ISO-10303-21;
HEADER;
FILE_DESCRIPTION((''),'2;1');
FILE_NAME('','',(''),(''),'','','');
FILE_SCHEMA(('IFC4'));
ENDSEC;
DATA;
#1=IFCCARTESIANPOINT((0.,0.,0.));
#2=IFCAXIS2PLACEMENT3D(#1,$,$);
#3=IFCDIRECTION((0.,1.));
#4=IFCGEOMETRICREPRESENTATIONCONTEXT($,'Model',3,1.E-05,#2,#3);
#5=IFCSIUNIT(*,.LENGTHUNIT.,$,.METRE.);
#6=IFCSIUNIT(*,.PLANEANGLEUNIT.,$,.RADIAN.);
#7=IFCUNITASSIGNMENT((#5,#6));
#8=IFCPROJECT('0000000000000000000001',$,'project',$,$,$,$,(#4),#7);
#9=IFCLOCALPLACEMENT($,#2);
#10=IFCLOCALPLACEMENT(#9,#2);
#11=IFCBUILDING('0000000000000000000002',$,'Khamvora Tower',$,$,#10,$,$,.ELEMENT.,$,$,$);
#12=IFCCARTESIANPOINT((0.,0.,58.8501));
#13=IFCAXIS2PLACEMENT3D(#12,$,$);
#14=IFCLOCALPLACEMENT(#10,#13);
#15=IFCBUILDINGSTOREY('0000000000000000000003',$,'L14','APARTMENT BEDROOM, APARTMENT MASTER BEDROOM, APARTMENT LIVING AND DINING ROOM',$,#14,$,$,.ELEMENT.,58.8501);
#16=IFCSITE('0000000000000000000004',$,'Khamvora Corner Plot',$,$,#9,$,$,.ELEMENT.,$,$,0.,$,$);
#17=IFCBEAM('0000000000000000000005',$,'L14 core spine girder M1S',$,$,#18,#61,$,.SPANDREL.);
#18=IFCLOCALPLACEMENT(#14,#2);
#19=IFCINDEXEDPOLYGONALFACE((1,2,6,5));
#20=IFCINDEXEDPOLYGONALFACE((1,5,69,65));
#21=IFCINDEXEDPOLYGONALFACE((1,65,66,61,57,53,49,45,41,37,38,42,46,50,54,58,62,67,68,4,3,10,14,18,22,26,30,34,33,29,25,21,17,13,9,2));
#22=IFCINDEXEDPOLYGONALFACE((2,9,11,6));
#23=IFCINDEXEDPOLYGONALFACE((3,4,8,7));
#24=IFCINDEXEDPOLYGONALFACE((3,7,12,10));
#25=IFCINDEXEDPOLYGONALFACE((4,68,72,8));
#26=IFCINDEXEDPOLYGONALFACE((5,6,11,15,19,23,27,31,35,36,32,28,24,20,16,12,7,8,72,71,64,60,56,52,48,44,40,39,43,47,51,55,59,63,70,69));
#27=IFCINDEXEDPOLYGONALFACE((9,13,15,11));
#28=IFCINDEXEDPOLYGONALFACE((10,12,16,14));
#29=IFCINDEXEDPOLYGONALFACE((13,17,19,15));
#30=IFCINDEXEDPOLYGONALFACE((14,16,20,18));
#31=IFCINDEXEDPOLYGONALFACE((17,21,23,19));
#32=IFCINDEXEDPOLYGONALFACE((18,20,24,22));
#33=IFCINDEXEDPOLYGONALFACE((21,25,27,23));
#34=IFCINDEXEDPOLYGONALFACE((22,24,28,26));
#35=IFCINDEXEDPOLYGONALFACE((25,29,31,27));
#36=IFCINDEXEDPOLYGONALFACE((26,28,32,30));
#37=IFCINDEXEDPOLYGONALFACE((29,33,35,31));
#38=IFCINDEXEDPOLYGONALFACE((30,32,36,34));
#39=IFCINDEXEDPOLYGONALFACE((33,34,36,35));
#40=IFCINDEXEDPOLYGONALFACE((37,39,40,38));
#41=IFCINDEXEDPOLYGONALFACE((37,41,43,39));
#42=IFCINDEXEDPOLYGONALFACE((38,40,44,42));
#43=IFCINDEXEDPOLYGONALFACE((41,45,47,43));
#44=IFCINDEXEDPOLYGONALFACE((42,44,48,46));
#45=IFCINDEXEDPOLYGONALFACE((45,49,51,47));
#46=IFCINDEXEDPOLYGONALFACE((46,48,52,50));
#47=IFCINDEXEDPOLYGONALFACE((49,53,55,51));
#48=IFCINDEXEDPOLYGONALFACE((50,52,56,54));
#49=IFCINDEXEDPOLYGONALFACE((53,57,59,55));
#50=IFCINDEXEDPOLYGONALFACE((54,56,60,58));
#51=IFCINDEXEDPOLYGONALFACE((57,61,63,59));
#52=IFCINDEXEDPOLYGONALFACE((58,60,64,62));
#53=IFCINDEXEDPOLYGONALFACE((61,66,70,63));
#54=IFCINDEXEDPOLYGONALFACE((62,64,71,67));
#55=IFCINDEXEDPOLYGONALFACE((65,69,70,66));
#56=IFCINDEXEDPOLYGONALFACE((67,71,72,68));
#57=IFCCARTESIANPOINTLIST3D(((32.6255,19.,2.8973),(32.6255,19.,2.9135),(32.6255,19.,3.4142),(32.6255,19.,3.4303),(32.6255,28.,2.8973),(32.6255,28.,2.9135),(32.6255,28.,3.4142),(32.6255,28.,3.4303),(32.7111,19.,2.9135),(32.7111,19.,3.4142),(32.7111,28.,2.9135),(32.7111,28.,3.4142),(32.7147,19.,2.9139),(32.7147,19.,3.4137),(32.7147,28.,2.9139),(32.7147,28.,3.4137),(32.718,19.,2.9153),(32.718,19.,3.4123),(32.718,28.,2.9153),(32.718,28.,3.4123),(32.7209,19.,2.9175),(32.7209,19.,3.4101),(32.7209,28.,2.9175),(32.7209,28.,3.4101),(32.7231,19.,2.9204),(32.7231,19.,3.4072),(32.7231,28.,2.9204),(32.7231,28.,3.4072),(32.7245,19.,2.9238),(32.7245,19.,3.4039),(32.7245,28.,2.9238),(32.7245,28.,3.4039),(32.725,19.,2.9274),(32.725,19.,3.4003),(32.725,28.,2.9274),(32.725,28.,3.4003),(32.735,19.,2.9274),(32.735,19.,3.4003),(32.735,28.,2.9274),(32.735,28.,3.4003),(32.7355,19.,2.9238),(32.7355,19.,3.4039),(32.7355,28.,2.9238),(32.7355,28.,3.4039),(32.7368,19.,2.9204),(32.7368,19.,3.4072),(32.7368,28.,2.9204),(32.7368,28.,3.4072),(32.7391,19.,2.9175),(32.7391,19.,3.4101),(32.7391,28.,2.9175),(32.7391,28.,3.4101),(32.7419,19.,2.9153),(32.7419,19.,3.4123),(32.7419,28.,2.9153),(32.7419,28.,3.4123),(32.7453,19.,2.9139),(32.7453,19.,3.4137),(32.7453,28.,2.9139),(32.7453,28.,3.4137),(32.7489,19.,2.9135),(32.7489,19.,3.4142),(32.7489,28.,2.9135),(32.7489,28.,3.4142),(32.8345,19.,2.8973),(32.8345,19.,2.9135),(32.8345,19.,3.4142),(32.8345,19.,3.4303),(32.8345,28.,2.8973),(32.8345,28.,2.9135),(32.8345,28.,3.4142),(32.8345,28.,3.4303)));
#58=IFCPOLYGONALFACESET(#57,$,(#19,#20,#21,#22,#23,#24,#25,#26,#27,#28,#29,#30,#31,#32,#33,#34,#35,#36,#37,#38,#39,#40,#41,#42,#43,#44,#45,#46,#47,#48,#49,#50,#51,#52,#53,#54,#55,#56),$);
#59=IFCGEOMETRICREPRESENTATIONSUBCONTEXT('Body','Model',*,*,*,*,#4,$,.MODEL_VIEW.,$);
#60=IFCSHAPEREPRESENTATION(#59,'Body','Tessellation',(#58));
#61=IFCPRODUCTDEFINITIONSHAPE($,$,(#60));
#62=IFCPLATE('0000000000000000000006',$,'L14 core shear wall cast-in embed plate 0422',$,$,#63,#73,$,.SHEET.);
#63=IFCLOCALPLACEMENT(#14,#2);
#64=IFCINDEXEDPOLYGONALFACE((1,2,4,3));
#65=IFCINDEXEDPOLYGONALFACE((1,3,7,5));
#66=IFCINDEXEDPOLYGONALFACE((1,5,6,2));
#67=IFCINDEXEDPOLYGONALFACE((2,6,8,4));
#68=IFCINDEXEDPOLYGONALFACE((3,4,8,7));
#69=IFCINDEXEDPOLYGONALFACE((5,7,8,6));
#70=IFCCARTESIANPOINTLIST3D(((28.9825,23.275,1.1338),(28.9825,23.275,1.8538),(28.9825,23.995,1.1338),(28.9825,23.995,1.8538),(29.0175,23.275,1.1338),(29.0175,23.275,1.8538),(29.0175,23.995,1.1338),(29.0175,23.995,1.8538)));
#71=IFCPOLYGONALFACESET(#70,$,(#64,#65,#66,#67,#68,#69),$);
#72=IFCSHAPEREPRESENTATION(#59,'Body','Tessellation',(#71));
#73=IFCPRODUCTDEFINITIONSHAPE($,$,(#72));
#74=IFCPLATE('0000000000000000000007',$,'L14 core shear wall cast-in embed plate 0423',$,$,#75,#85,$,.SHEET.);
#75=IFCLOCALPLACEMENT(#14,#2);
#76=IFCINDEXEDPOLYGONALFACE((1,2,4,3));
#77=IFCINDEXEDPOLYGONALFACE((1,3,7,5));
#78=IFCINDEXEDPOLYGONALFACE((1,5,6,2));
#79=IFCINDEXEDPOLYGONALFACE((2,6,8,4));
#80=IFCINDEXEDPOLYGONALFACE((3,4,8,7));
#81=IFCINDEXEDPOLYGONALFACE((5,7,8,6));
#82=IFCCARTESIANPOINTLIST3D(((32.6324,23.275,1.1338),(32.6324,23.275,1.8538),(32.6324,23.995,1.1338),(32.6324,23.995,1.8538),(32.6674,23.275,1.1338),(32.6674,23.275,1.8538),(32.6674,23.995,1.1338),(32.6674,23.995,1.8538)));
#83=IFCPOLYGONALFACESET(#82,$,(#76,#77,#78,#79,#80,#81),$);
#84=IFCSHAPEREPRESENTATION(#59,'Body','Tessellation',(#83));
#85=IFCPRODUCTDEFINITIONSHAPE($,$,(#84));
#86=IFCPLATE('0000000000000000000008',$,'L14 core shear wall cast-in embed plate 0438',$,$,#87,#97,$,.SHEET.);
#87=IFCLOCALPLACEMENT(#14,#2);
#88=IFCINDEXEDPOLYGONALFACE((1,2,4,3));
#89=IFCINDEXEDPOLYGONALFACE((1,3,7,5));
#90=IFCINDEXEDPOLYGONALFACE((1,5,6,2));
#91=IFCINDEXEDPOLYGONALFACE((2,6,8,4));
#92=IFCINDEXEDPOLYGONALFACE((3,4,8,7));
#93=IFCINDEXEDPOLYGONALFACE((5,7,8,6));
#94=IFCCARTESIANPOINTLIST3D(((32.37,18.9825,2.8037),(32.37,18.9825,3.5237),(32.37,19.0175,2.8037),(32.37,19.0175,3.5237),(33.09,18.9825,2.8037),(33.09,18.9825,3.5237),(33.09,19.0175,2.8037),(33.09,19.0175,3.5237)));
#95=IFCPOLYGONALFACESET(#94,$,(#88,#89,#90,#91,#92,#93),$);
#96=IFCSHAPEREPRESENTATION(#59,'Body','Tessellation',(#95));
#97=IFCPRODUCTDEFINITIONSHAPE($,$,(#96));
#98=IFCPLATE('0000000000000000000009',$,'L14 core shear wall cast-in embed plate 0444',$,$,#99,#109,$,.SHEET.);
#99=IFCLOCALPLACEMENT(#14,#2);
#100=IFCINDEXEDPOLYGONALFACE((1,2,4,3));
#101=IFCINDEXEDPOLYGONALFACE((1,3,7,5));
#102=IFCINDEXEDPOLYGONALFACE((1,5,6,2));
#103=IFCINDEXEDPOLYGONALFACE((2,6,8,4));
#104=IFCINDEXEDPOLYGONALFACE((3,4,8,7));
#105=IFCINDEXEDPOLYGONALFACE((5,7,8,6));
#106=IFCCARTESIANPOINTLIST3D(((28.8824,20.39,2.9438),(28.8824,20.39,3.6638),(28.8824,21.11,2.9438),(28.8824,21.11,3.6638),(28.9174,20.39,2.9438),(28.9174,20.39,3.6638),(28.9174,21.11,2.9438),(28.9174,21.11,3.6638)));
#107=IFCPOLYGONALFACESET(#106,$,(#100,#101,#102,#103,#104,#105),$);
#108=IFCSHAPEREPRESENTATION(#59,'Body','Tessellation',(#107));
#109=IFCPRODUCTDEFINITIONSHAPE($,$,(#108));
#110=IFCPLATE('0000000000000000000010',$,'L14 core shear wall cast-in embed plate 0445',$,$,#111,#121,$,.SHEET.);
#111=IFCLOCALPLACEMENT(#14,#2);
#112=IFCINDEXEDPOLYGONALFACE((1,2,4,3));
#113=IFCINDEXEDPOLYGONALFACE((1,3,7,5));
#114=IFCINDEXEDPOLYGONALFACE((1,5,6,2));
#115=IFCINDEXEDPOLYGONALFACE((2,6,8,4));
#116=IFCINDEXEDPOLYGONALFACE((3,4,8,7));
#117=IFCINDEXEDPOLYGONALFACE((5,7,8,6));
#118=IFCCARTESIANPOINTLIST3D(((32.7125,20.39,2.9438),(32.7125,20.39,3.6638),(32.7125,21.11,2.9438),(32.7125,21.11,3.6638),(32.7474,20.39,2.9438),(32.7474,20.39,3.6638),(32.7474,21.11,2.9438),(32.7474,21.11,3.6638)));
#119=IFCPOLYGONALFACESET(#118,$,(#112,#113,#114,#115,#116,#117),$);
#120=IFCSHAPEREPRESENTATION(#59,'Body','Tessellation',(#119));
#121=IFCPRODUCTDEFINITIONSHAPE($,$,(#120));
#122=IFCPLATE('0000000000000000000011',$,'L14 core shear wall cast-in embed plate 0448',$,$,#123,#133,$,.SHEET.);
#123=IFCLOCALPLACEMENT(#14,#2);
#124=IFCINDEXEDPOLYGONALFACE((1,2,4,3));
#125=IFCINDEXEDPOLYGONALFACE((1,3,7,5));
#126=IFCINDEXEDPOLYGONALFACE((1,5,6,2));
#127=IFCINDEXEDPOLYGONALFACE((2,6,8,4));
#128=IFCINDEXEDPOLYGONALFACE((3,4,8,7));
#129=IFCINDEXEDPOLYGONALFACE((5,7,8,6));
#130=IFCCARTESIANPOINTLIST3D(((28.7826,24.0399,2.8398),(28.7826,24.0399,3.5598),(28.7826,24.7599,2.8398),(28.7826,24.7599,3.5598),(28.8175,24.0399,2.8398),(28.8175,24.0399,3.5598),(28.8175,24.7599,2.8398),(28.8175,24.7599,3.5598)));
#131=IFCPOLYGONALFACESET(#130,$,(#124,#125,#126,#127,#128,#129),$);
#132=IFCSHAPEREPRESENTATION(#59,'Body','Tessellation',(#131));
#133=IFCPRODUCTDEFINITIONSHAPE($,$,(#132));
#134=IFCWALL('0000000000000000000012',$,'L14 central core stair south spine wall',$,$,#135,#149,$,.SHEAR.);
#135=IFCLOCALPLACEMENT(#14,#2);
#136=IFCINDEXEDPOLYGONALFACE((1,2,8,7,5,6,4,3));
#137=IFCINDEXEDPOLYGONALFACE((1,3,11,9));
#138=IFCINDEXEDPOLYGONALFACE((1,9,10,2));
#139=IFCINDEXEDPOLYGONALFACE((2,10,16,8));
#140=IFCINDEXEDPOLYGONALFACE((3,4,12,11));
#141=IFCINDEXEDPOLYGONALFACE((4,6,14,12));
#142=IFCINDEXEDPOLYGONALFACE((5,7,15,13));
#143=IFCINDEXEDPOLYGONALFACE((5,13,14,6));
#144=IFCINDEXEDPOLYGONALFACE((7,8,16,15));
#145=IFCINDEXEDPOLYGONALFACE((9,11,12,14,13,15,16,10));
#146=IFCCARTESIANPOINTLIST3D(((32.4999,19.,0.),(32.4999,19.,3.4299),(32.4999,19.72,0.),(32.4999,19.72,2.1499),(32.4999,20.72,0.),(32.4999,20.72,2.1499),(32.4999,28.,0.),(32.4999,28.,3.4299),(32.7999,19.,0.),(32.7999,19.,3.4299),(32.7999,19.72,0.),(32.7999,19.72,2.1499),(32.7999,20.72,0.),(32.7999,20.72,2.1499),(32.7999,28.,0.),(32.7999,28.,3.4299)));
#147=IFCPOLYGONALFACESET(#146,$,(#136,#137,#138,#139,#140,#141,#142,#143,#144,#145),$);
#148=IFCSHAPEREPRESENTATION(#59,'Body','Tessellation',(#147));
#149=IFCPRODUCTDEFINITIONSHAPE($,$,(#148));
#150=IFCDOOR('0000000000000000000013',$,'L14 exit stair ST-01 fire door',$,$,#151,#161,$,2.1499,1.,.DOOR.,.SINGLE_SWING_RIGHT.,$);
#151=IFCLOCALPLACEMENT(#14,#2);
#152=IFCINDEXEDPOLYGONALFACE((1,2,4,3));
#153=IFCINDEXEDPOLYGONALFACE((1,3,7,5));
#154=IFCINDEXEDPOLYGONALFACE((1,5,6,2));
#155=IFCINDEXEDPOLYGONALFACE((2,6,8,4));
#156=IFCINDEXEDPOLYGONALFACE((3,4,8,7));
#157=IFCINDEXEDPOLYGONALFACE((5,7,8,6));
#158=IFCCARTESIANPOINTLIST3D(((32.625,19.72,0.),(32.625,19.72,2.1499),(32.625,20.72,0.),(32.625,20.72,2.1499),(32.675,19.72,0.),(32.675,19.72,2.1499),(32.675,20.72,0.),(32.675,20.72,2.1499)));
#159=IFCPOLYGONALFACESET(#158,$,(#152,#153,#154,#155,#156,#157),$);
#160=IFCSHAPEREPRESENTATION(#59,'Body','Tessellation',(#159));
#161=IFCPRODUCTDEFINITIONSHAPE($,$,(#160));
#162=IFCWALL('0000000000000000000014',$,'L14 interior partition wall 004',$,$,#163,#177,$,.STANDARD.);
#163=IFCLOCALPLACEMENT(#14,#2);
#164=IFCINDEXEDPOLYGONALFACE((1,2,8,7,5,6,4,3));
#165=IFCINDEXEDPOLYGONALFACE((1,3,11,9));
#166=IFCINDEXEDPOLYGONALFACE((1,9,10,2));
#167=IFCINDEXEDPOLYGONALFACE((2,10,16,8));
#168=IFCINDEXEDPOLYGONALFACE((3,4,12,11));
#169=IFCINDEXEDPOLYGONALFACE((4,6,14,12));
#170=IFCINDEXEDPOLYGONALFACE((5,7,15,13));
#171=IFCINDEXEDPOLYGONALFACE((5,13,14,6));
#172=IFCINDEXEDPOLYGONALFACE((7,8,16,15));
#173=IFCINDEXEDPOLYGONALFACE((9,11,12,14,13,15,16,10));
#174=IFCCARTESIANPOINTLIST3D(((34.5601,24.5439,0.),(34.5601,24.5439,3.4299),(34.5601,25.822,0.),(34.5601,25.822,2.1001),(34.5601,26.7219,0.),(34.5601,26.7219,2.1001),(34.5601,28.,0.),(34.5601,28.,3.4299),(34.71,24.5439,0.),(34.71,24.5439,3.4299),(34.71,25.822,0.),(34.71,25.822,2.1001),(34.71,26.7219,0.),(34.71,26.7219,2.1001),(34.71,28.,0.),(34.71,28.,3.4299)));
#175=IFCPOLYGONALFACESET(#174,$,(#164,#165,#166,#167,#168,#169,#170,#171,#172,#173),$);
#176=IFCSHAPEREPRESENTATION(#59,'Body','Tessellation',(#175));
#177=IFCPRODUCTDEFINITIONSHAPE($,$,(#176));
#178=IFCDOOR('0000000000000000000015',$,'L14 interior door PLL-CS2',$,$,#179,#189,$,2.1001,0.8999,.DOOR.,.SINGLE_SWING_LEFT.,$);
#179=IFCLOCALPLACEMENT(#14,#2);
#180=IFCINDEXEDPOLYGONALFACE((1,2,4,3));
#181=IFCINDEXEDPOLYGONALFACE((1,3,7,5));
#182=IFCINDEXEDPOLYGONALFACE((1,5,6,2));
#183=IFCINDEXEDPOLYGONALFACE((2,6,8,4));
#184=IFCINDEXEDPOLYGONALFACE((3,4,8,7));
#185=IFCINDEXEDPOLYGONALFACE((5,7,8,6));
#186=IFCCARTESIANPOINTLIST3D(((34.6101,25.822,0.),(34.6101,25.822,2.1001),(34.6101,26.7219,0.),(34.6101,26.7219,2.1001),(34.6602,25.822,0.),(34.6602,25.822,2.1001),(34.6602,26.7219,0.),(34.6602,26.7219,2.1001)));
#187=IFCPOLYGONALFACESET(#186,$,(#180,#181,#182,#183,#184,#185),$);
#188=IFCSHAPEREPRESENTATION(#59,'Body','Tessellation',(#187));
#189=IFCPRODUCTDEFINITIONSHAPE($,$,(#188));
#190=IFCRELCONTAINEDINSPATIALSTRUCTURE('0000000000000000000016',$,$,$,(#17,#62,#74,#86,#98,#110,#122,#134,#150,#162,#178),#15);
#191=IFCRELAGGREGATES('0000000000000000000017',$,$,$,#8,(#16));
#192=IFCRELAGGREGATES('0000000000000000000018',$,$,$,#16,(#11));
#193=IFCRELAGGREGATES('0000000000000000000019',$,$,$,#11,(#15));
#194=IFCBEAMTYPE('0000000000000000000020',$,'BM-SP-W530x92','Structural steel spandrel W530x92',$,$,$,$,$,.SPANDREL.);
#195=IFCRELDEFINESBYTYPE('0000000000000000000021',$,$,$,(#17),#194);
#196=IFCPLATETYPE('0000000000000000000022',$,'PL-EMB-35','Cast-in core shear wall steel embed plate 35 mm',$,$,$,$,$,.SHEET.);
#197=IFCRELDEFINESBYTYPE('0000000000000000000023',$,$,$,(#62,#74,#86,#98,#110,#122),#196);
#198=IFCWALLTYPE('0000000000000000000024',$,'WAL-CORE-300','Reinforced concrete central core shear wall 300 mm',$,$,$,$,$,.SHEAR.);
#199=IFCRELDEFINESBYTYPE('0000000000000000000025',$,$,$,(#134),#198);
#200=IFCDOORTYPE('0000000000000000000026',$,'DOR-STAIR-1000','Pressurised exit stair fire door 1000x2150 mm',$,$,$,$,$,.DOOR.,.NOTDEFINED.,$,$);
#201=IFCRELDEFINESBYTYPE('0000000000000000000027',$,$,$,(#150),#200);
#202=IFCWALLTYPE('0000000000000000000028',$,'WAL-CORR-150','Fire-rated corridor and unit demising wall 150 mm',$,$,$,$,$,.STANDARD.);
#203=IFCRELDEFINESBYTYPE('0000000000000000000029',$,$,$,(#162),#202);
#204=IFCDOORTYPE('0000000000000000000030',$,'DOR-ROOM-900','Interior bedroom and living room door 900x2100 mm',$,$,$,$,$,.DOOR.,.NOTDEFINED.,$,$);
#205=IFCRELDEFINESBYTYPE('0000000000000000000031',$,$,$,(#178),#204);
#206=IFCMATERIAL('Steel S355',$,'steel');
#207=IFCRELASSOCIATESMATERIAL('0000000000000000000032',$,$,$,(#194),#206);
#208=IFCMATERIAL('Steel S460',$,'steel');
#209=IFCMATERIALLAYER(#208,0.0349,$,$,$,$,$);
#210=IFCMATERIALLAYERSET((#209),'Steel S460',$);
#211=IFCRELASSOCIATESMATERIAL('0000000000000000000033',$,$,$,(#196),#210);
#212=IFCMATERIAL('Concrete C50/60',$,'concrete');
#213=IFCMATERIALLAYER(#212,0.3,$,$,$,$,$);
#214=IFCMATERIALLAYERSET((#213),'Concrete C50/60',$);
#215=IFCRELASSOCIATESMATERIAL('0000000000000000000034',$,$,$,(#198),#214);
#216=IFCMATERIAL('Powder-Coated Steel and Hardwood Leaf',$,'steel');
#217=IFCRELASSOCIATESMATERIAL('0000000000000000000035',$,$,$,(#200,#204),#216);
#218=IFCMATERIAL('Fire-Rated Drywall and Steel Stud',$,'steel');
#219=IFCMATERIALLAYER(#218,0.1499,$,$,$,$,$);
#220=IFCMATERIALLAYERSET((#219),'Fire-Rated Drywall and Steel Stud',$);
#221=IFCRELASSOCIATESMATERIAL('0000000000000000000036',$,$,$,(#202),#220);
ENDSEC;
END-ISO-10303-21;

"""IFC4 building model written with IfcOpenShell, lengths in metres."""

from ifc_helpers import new_model, si_unit, direction, frame, frame_2d, origin, origin_2d, place, context, subcontext, project, spatial, rectangle, i_section, extrude, material, layer, layer_set, material_profile, profile_set, type_object, element, fill, save


model = new_model("IFC4")

# Units and contexts
model_context = context("Model", 3, precision=1e-05, world=origin(), true_north=direction((0.0, 1.0)))
body_context = subcontext(model_context, "Body", "Model", "MODEL_VIEW")
ifc_project = project(units=[si_unit("LENGTHUNIT", "METRE"), si_unit("PLANEANGLEUNIT", "RADIAN")], contexts=[model_context])

# Site, building, storey
site_placement = place(None, origin())
site = spatial("IfcSite", under=ifc_project, at=site_placement, Name="Khamvora Corner Plot", CompositionType="ELEMENT", RefElevation=0.0)
building_placement = place(site_placement, origin())
building = spatial("IfcBuilding", under=site, at=building_placement, Name="Khamvora Tower", CompositionType="ELEMENT")
storey_placement = place(building_placement, frame((0.0, 0.0, 58.8501)))
storey = spatial("IfcBuildingStorey", under=building, at=storey_placement, Name="L14", Description="APARTMENT BEDROOM, APARTMENT MASTER BEDROOM, APARTMENT LIVING AND DINING ROOM", CompositionType="ELEMENT", Elevation=58.8501)

# Shared definitions
ifc_material_1 = material(Name="Steel S460", Category="steel")

# Beam
ifc_material_2 = material(Name="Steel S355", Category="steel")
ifc_material_profile_1 = material_profile(ifc_material_2, i_section(OverallWidth=0.209, OverallDepth=0.533, WebThickness=0.01, FlangeThickness=0.0161, FilletRadius=0.0139, at=origin_2d()), Name="W530x92")
ifc_profile_set_1 = profile_set([ifc_material_profile_1], Name="Steel S355")
beam_type_1 = type_object("IfcBeamType", Name="BM-SP-W530x92", Description="Structural steel spandrel W530x92", PredefinedType="SPANDREL", material=ifc_profile_set_1)
beam_1_placement = place(storey_placement, frame((32.73, 19.0, 3.1638), z_axis=(0.0, 1.0, 0.0), x_axis=(-1.0, 0.0, 0.0)))
element("IfcBeam", 1, at=beam_1_placement, inside=storey, type_object=beam_type_1, Name="L14 core spine girder M1S", PredefinedType="SPANDREL", context=body_context, shape_type="SweptSolid", body=[
    extrude(i_section(OverallWidth=0.209, OverallDepth=0.533, WebThickness=0.01, FlangeThickness=0.0161, FilletRadius=0.0139, at=origin_2d()), origin(), (0.0, 0.0, 1.0), 9.0),
])

# Plates
ifc_layer_1 = layer(ifc_material_1, 0.0349)
ifc_layer_set_1 = layer_set([ifc_layer_1], Name="Steel S460")
plate_type = type_object("IfcPlateType", Name="PL-EMB-35", Description="Cast-in core shear wall steel embed plate 35 mm", PredefinedType="SHEET", material=ifc_layer_set_1)
for number, where, z_axis, x_axis, name in (
    (2, (29.0, 23.635, 1.1338), (0.0, 0.0, 1.0), (1.0, 0.0, 0.0), "L14 core shear wall cast-in embed plate 0422"),
    (3, (32.6499, 23.635, 1.1338), (0.0, 0.0, 1.0), (1.0, 0.0, 0.0), "L14 core shear wall cast-in embed plate 0423"),
):
    element("IfcPlate", number, at=place(storey_placement, frame(where, z_axis=z_axis, x_axis=x_axis)), inside=storey, type_object=plate_type, Name=name, PredefinedType="SHEET", context=body_context, shape_type="SweptSolid", body=[
        extrude(rectangle(XDim=0.0349, YDim=0.72, at=origin_2d()), origin(), (0.0, 0.0, 1.0), 0.72),
    ])
plate_placement = place(storey_placement, frame((32.73, 19.0, 2.8037), z_axis=(0.0, 0.0, 1.0), x_axis=(1.0, 0.0, 0.0)))
element("IfcPlate", 4, at=plate_placement, inside=storey, type_object=plate_type, Name="L14 core shear wall cast-in embed plate 0438", PredefinedType="SHEET", context=body_context, shape_type="SweptSolid", body=[
    extrude(rectangle(XDim=0.72, YDim=0.0349, at=origin_2d()), origin(), (0.0, 0.0, 1.0), 0.72),
])
for number, where, z_axis, x_axis, name in (
    (5, (28.8999, 20.75, 2.9438), (0.0, 0.0, 1.0), (1.0, 0.0, 0.0), "L14 core shear wall cast-in embed plate 0444"),
    (6, (32.73, 20.75, 2.9438), (0.0, 0.0, 1.0), (1.0, 0.0, 0.0), "L14 core shear wall cast-in embed plate 0445"),
    (7, (28.8, 24.3999, 2.8398), (0.0, 0.0, 1.0), (1.0, 0.0, 0.0), "L14 core shear wall cast-in embed plate 0448"),
):
    element("IfcPlate", number, at=place(storey_placement, frame(where, z_axis=z_axis, x_axis=x_axis)), inside=storey, type_object=plate_type, Name=name, PredefinedType="SHEET", context=body_context, shape_type="SweptSolid", body=[
        extrude(rectangle(XDim=0.0349, YDim=0.72, at=origin_2d()), origin(), (0.0, 0.0, 1.0), 0.72),
    ])

# Wall, opening, door
ifc_material_3 = material(Name="Concrete C50/60", Category="concrete")
ifc_layer_2 = layer(ifc_material_3, 0.3)
ifc_layer_set_2 = layer_set([ifc_layer_2], Name="Concrete C50/60")
wall_type_1 = type_object("IfcWallType", Name="WAL-CORE-300", Description="Reinforced concrete central core shear wall 300 mm", PredefinedType="SHEAR", material=ifc_layer_set_2)
wall_1_placement = place(storey_placement, frame((32.6499, 19.0, 0.0), z_axis=(0.0, 0.0, 1.0), x_axis=(0.0, 1.0, 0.0)))
wall_1 = element("IfcWall", 8, at=wall_1_placement, inside=storey, type_object=wall_type_1, Name="L14 central core stair south spine wall", PredefinedType="SHEAR", context=body_context, shape_type="SweptSolid", body=[
    extrude(rectangle(XDim=9.0, YDim=0.3, at=frame_2d((4.5, 0.0))), origin(), (0.0, 0.0, 1.0), 3.4299),
])
opening_1_placement = place(wall_1_placement, frame((0.72, 0.0, 0.0)))
opening_1 = element("IfcOpeningElement", 9, at=opening_1_placement, cuts=wall_1, PredefinedType="OPENING", context=body_context, shape_type="SweptSolid", body=[
    extrude(rectangle(XDim=1.0, YDim=2.1499, at=frame_2d((0.5, 1.075))), frame((0.0, 0.1599, 0.0), z_axis=(0.0, -1.0, 0.0), x_axis=(1.0, 0.0, 0.0)), (0.0, 0.0, 1.0), 0.3201),
])
ifc_material_4 = material(Name="Powder-Coated Steel and Hardwood Leaf", Category="steel")
door_type_1 = type_object("IfcDoorType", Name="DOR-STAIR-1000", Description="Pressurised exit stair fire door 1000x2150 mm", OperationType="NOTDEFINED", PredefinedType="DOOR", material=ifc_material_4)
door_1_placement = place(opening_1_placement, origin())
door_1 = element("IfcDoor", 10, at=door_1_placement, inside=storey, type_object=door_type_1, Name="L14 exit stair ST-01 fire door", OperationType="SINGLE_SWING_RIGHT", OverallHeight=2.1499, OverallWidth=1.0, PredefinedType="DOOR", context=body_context, shape_type="SweptSolid", body=[
    extrude(rectangle(XDim=1.0, YDim=2.1499, at=frame_2d((0.5, 1.075))), frame((0.0, 0.0249, 0.0), z_axis=(0.0, -1.0, 0.0), x_axis=(1.0, 0.0, 0.0)), (0.0, 0.0, 1.0), 0.05),
])
fill(opening_1, door_1)

# Wall, opening, door
ifc_material_5 = material(Name="Fire-Rated Drywall and Steel Stud", Category="steel")
ifc_layer_3 = layer(ifc_material_5, 0.1499)
ifc_layer_set_3 = layer_set([ifc_layer_3], Name="Fire-Rated Drywall and Steel Stud")
wall_type_2 = type_object("IfcWallType", Name="WAL-CORR-150", Description="Fire-rated corridor and unit demising wall 150 mm", PredefinedType="STANDARD", material=ifc_layer_set_3)
wall_2_placement = place(storey_placement, frame((34.635, 24.5439, 0.0), z_axis=(0.0, 0.0, 1.0), x_axis=(0.0, 1.0, 0.0)))
wall_2 = element("IfcWall", 11, at=wall_2_placement, inside=storey, type_object=wall_type_2, Name="L14 interior partition wall 004", PredefinedType="STANDARD", context=body_context, shape_type="SweptSolid", body=[
    extrude(rectangle(XDim=3.4561, YDim=0.1499, at=frame_2d((1.728, 0.0))), origin(), (0.0, 0.0, 1.0), 3.4299),
])
opening_2_placement = place(wall_2_placement, frame((1.2781, 0.0, 0.0)))
opening_2 = element("IfcOpeningElement", 12, at=opening_2_placement, cuts=wall_2, PredefinedType="OPENING", context=body_context, shape_type="SweptSolid", body=[
    extrude(rectangle(XDim=0.8999, YDim=2.1001, at=frame_2d((0.45, 1.05))), frame((0.0, 0.085, 0.0), z_axis=(0.0, -1.0, 0.0), x_axis=(1.0, 0.0, 0.0)), (0.0, 0.0, 1.0), 0.1699),
])
door_type_2 = type_object("IfcDoorType", Name="DOR-ROOM-900", Description="Interior bedroom and living room door 900x2100 mm", OperationType="NOTDEFINED", PredefinedType="DOOR", material=ifc_material_4)
door_2_placement = place(opening_2_placement, origin())
door_2 = element("IfcDoor", 13, at=door_2_placement, inside=storey, type_object=door_type_2, Name="L14 interior door PLL-CS2", OperationType="SINGLE_SWING_LEFT", OverallHeight=2.1001, OverallWidth=0.8999, PredefinedType="DOOR", context=body_context, shape_type="SweptSolid", body=[
    extrude(rectangle(XDim=0.8999, YDim=2.1001, at=frame_2d((0.45, 1.05))), frame((0.0, 0.0249, 0.0), z_axis=(0.0, -1.0, 0.0), x_axis=(1.0, 0.0, 0.0)), (0.0, 0.0, 1.0), 0.05),
])
fill(opening_2, door_2)

save(model, "model.ifc")
